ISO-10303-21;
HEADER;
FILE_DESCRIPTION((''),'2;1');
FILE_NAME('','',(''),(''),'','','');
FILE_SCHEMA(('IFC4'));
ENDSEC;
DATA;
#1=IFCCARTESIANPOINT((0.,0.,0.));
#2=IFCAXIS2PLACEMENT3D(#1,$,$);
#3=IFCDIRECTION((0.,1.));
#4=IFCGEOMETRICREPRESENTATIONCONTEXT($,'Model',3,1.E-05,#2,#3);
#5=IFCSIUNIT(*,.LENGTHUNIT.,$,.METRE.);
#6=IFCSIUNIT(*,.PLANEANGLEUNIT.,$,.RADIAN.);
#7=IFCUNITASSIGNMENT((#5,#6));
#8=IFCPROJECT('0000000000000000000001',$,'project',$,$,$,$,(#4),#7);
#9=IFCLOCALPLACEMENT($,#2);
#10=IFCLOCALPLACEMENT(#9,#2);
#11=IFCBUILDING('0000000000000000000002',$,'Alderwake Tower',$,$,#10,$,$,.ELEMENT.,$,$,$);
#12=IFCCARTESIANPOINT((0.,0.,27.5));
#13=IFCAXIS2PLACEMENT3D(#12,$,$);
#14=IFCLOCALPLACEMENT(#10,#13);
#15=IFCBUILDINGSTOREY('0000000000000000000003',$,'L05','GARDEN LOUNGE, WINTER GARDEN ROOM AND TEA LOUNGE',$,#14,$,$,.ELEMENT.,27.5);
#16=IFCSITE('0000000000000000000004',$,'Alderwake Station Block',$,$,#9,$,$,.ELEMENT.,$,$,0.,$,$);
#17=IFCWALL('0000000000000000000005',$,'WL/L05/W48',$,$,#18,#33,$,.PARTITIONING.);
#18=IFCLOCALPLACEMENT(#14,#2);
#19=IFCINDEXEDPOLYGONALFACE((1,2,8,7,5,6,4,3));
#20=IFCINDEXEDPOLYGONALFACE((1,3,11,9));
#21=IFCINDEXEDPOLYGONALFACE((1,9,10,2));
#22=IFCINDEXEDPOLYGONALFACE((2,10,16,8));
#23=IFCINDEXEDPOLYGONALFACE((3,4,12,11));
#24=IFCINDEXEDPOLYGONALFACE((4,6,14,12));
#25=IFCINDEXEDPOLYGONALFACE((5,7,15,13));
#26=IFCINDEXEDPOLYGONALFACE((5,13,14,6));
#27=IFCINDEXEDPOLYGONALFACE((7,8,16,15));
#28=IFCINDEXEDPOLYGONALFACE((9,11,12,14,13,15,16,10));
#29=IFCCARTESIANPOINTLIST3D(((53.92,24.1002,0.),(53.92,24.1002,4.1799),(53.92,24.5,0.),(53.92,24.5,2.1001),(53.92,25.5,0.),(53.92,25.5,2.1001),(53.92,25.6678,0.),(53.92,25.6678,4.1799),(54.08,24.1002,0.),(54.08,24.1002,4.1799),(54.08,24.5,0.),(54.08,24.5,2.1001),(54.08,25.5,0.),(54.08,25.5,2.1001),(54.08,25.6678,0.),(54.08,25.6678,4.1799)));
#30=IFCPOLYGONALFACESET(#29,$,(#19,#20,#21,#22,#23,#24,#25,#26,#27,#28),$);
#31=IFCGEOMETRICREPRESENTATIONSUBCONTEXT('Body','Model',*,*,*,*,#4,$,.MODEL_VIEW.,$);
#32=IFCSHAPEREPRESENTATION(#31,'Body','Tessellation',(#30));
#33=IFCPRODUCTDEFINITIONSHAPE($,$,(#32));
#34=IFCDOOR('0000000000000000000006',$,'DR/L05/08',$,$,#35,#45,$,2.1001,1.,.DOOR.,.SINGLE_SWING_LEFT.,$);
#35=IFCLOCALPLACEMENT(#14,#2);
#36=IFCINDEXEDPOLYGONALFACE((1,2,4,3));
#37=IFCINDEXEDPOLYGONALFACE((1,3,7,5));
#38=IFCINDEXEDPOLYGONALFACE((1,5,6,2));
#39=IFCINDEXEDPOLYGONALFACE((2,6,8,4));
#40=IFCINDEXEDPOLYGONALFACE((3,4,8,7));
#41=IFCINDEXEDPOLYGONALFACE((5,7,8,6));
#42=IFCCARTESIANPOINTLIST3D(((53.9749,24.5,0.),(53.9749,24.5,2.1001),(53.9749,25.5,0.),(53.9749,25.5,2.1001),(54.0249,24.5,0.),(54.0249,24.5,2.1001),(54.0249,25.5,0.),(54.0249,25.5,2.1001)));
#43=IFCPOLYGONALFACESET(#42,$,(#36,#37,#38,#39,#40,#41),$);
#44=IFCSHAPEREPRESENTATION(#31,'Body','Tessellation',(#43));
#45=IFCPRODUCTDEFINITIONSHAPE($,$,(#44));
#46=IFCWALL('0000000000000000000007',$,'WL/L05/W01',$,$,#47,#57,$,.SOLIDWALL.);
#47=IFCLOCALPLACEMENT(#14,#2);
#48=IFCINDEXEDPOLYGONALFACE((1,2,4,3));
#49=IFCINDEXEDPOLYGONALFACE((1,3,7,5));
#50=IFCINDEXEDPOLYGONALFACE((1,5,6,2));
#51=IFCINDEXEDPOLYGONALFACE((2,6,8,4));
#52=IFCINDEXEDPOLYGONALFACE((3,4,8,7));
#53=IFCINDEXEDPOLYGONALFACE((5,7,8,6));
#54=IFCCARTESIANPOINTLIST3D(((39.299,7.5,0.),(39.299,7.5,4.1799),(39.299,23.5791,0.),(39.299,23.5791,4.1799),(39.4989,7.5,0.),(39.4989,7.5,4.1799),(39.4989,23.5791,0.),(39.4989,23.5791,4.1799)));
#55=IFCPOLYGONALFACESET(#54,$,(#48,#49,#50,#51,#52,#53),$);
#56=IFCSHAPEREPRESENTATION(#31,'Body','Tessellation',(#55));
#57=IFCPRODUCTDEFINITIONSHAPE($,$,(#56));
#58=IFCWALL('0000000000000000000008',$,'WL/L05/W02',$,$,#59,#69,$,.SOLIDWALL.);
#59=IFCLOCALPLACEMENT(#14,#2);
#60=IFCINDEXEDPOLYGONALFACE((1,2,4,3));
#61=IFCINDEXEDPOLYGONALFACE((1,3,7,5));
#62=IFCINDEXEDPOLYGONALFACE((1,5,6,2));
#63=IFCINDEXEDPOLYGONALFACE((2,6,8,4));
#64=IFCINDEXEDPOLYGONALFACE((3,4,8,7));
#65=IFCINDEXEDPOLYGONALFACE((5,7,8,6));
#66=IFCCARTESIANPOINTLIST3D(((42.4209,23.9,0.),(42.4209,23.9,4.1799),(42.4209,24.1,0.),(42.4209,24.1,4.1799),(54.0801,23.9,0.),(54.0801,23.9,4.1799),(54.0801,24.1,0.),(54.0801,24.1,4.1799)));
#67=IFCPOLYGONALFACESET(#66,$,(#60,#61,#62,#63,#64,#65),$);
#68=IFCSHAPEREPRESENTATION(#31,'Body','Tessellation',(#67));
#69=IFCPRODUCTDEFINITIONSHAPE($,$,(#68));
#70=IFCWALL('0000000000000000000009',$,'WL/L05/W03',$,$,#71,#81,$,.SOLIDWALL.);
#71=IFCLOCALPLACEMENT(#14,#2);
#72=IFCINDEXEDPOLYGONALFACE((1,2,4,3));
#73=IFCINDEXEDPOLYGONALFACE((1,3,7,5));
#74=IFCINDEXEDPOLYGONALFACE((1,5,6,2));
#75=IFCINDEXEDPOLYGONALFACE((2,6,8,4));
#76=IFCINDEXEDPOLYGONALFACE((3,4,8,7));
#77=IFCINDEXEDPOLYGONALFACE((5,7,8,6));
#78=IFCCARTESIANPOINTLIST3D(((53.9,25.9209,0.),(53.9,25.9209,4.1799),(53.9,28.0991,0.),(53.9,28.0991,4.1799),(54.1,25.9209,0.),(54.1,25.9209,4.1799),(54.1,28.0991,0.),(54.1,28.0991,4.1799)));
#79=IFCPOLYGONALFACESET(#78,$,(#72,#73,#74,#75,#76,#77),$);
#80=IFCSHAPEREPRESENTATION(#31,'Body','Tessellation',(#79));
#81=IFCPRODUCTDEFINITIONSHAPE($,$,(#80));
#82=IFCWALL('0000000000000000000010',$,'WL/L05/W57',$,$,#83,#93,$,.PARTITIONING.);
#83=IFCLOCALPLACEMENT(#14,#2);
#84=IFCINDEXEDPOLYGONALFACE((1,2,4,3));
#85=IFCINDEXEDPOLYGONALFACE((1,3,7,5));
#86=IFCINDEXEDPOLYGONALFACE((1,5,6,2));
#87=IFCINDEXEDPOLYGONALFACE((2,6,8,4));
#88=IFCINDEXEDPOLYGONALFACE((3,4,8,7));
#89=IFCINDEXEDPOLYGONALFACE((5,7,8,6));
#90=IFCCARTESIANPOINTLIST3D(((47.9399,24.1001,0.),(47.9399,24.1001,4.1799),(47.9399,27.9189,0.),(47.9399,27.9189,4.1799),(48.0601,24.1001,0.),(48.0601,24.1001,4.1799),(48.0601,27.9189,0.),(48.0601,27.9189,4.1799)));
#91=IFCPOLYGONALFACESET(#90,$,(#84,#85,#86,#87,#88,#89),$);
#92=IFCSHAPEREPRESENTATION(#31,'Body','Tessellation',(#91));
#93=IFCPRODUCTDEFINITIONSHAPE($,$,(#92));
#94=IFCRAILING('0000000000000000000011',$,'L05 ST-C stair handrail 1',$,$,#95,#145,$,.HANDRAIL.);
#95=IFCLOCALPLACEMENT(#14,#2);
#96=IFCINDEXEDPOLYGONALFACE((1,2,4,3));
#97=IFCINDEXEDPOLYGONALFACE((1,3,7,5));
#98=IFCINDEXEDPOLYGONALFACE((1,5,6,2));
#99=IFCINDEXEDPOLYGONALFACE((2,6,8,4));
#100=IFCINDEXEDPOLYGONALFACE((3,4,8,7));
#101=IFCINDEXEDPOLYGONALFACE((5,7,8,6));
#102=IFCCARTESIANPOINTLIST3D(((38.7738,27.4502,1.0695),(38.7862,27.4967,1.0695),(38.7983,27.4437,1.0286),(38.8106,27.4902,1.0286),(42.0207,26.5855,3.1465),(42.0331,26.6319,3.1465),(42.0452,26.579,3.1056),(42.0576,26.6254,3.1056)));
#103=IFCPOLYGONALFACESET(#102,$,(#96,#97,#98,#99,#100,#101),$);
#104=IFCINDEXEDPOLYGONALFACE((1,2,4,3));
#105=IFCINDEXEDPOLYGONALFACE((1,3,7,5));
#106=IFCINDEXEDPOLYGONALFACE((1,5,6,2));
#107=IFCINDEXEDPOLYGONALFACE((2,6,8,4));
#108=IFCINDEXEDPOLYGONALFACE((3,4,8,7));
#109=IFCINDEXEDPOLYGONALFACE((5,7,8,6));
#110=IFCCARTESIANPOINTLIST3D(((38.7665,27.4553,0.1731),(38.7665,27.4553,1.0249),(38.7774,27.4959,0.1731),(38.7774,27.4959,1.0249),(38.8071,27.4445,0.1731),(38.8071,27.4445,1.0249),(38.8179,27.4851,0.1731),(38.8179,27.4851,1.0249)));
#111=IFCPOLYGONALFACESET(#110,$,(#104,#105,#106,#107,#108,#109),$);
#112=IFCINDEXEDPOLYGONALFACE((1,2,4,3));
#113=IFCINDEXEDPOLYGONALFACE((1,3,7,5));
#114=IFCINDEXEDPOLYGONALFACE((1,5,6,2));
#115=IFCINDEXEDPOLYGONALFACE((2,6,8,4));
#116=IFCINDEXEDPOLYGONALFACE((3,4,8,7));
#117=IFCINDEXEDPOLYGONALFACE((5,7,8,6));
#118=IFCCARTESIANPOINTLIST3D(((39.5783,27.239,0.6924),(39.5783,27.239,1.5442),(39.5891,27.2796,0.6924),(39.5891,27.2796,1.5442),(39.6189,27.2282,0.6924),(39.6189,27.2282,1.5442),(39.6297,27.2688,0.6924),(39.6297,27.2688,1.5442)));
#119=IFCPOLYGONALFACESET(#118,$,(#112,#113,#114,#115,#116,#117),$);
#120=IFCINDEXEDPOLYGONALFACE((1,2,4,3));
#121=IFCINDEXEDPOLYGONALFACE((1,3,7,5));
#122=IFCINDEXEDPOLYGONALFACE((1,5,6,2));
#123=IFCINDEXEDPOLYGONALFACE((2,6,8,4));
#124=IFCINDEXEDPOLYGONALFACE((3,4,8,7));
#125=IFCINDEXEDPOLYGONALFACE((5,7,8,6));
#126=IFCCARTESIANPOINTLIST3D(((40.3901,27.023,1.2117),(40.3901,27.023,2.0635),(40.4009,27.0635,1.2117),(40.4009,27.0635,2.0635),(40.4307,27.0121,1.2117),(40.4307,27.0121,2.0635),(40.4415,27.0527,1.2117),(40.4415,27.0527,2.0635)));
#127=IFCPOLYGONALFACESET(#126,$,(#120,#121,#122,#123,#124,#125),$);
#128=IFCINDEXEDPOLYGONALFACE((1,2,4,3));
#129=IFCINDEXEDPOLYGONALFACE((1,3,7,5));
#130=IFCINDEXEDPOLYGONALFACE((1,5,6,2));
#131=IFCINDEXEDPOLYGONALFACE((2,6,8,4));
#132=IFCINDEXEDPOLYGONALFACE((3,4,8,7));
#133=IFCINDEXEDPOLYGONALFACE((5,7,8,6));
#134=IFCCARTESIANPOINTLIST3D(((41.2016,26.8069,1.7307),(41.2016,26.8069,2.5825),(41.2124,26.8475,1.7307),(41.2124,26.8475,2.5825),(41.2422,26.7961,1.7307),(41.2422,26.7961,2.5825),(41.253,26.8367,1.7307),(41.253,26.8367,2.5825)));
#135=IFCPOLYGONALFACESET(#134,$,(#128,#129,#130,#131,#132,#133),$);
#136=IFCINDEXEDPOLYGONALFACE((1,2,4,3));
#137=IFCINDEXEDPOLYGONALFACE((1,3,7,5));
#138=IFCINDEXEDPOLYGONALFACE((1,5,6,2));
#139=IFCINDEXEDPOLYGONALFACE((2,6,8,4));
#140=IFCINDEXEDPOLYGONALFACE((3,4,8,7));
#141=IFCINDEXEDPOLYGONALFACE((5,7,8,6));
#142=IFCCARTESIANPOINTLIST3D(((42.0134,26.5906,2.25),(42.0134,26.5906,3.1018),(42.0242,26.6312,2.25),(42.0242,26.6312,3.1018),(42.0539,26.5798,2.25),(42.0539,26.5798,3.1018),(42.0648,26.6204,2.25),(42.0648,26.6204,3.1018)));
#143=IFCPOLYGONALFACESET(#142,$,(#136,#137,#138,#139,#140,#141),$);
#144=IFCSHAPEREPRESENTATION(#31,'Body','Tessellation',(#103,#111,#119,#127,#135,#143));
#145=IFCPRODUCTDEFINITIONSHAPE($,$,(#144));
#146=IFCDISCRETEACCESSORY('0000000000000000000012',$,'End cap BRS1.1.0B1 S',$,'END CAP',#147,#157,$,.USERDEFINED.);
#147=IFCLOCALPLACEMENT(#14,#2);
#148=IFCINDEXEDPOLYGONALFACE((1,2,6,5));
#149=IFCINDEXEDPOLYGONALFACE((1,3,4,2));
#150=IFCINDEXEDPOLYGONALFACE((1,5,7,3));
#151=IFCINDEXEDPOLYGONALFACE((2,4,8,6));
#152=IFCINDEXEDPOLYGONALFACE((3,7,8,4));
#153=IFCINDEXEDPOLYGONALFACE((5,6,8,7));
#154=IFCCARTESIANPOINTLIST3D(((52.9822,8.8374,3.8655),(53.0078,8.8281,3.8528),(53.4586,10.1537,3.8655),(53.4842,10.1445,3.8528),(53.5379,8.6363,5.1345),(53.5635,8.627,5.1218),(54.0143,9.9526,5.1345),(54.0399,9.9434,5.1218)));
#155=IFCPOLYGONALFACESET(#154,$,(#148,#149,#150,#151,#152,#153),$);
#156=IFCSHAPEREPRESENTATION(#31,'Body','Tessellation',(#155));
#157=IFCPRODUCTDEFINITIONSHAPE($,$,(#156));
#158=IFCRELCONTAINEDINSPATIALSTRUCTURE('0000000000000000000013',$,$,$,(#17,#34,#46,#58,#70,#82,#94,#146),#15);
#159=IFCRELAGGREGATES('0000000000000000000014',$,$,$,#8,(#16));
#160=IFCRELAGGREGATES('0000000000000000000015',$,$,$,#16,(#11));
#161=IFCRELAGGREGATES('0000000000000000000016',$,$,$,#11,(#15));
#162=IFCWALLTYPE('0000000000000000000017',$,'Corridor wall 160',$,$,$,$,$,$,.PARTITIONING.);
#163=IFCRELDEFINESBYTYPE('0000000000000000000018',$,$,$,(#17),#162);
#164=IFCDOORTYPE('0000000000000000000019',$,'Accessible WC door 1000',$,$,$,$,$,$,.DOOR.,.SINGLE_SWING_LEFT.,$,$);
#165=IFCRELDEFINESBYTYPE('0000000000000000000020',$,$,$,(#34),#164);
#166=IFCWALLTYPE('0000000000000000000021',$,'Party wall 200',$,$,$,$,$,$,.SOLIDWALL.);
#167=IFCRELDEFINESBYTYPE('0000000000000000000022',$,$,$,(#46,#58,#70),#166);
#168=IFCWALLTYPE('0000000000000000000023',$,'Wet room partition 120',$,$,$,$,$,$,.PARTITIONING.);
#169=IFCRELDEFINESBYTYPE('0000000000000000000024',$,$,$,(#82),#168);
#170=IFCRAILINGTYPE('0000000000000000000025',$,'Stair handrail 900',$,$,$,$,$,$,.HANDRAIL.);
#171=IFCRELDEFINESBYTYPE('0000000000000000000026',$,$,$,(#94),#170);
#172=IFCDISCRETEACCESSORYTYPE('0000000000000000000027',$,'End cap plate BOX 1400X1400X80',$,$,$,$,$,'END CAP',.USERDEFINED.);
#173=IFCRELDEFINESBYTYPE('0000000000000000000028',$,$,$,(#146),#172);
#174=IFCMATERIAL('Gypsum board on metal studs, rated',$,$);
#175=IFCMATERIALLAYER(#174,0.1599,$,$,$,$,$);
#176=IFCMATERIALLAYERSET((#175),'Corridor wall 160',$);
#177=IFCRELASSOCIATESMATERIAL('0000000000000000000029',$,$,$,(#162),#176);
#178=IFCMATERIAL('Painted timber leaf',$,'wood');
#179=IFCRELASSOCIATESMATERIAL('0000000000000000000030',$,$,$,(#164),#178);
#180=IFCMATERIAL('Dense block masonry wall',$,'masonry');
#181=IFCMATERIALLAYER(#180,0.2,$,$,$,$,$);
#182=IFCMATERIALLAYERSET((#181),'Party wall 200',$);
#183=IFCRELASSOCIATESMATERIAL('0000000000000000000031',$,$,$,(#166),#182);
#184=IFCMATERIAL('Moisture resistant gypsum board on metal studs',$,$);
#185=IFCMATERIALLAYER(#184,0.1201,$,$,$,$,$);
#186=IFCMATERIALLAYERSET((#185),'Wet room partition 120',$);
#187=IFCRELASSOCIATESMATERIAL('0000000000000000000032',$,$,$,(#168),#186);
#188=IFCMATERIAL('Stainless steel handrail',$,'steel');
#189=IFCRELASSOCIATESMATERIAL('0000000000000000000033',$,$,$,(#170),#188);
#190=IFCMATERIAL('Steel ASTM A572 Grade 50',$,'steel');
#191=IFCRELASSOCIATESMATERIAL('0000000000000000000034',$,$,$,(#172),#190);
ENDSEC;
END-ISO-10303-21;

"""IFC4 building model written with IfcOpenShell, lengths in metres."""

from ifc_helpers import new_model, si_unit, direction, frame, frame_2d, origin, origin_2d, place, context, subcontext, project, spatial, rectangle, extrude, material, layer, layer_set, material_profile, profile_set, type_object, element, fill, save


model = new_model("IFC4")

# Units and contexts
model_context = context("Model", 3, precision=1e-05, world=origin(), true_north=direction((0.0, 1.0)))
body_context = subcontext(model_context, "Body", "Model", "MODEL_VIEW")
ifc_project = project(units=[si_unit("LENGTHUNIT", "METRE"), si_unit("PLANEANGLEUNIT", "RADIAN")], contexts=[model_context])

# Site, building, storey
site_placement = place(None, origin())
site = spatial("IfcSite", under=ifc_project, at=site_placement, Name="Alderwake Station Block", CompositionType="ELEMENT", RefElevation=0.0)
building_placement = place(site_placement, origin())
building = spatial("IfcBuilding", under=site, at=building_placement, Name="Alderwake Tower", CompositionType="ELEMENT")
storey_placement = place(building_placement, frame((0.0, 0.0, 27.5)))
storey = spatial("IfcBuildingStorey", under=building, at=storey_placement, Name="L05", Description="GARDEN LOUNGE, WINTER GARDEN ROOM AND TEA LOUNGE", CompositionType="ELEMENT", Elevation=27.5)

# Shared definitions
ifc_material_1 = material(Name="Gypsum board on metal studs, rated")
ifc_layer_1 = layer(ifc_material_1, 0.1599)
ifc_layer_set_1 = layer_set([ifc_layer_1], Name="Corridor wall 160")
wall_type_1 = type_object("IfcWallType", Name="Corridor wall 160", PredefinedType="PARTITIONING", material=ifc_layer_set_1)

# Wall, opening, door
wall_1_placement = place(storey_placement, frame((54.0, 25.6677, 0.0), z_axis=(0.0, 0.0, 1.0), x_axis=(0.0, -1.0, 0.0)))
wall_1 = element("IfcWall", 1, at=wall_1_placement, inside=storey, type_object=wall_type_1, Name="WL/L05/W48", PredefinedType="PARTITIONING", context=body_context, shape_type="SweptSolid", body=[
    extrude(rectangle(XDim=1.5676, YDim=0.1599, at=frame_2d((0.7837, 0.0))), origin(), (0.0, 0.0, 1.0), 4.1799),
])
opening_placement = place(wall_1_placement, frame((0.1677, 0.0, 0.0)))
opening = element("IfcOpeningElement", 2, at=opening_placement, cuts=wall_1, PredefinedType="OPENING", context=body_context, shape_type="SweptSolid", body=[
    extrude(rectangle(XDim=1.0, YDim=2.1001, at=frame_2d((0.5, 1.05))), frame((0.0, 0.0898, 0.0), z_axis=(0.0, -1.0, 0.0), x_axis=(1.0, 0.0, 0.0)), (0.0, 0.0, 1.0), 0.1799),
])
ifc_material_2 = material(Name="Painted timber leaf", Category="wood")
door_type = type_object("IfcDoorType", Name="Accessible WC door 1000", OperationType="SINGLE_SWING_LEFT", PredefinedType="DOOR", material=ifc_material_2)
door_placement = place(opening_placement, origin())
door = element("IfcDoor", 3, at=door_placement, inside=storey, type_object=door_type, Name="DR/L05/08", OperationType="SINGLE_SWING_LEFT", OverallHeight=2.1001, OverallWidth=1.0, PredefinedType="DOOR", context=body_context, shape_type="SweptSolid", body=[
    extrude(rectangle(XDim=1.0, YDim=2.1001, at=frame_2d((0.5, 1.05))), frame((0.0, 0.0249, 0.0), z_axis=(0.0, -1.0, 0.0), x_axis=(1.0, 0.0, 0.0)), (0.0, 0.0, 1.0), 0.05),
])
fill(opening, door)

# Walls
ifc_material_3 = material(Name="Dense block masonry wall", Category="masonry")
ifc_layer_2 = layer(ifc_material_3, 0.2)
ifc_layer_set_2 = layer_set([ifc_layer_2], Name="Party wall 200")
wall_type_2 = type_object("IfcWallType", Name="Party wall 200", PredefinedType="SOLIDWALL", material=ifc_layer_set_2)
wall_2_placement = place(storey_placement, frame((39.3989, 7.5, 0.0), z_axis=(0.0, 0.0, 1.0), x_axis=(0.0, 1.0, 0.0)))
element("IfcWall", 4, at=wall_2_placement, inside=storey, type_object=wall_type_2, Name="WL/L05/W01", PredefinedType="SOLIDWALL", context=body_context, shape_type="SweptSolid", body=[
    extrude(rectangle(XDim=16.0791, YDim=0.2, at=frame_2d((8.0396, 0.0))), origin(), (0.0, 0.0, 1.0), 4.1799),
])
wall_3_placement = place(storey_placement, frame((54.0801, 24.0, 0.0), z_axis=(0.0, 0.0, 1.0), x_axis=(-1.0, 0.0, 0.0)))
element("IfcWall", 5, at=wall_3_placement, inside=storey, type_object=wall_type_2, Name="WL/L05/W02", PredefinedType="SOLIDWALL", context=body_context, shape_type="SweptSolid", body=[
    extrude(rectangle(XDim=11.6592, YDim=0.2, at=frame_2d((5.8296, 0.0))), origin(), (0.0, 0.0, 1.0), 4.1799),
])
wall_4_placement = place(storey_placement, frame((54.0, 25.9209, 0.0), z_axis=(0.0, 0.0, 1.0), x_axis=(0.0, 1.0, 0.0)))
element("IfcWall", 6, at=wall_4_placement, inside=storey, type_object=wall_type_2, Name="WL/L05/W03", PredefinedType="SOLIDWALL", context=body_context, shape_type="SweptSolid", body=[
    extrude(rectangle(XDim=2.1782, YDim=0.2, at=frame_2d((1.0891, 0.0))), origin(), (0.0, 0.0, 1.0), 4.1799),
])
ifc_material_4 = material(Name="Moisture resistant gypsum board on metal studs")
ifc_layer_3 = layer(ifc_material_4, 0.1201)
ifc_layer_set_3 = layer_set([ifc_layer_3], Name="Wet room partition 120")
wall_type_3 = type_object("IfcWallType", Name="Wet room partition 120", PredefinedType="PARTITIONING", material=ifc_layer_set_3)
wall_5_placement = place(storey_placement, frame((48.0, 24.1001, 0.0), z_axis=(0.0, 0.0, 1.0), x_axis=(0.0, 1.0, 0.0)))
element("IfcWall", 7, at=wall_5_placement, inside=storey, type_object=wall_type_3, Name="WL/L05/W57", PredefinedType="PARTITIONING", context=body_context, shape_type="SweptSolid", body=[
    extrude(rectangle(XDim=3.8188, YDim=0.1201, at=frame_2d((1.9094, 0.0))), origin(), (0.0, 0.0, 1.0), 4.1799),
])

# Railing
ifc_material_5 = material(Name="Stainless steel handrail", Category="steel")
railing_type = type_object("IfcRailingType", Name="Stair handrail 900", PredefinedType="HANDRAIL", material=ifc_material_5)
railing_placement = place(storey_placement, frame((38.7922, 27.4702, 0.1731)))
element("IfcRailing", 8, at=railing_placement, inside=storey, type_object=railing_type, Name="L05 ST-C stair handrail 1", PredefinedType="HANDRAIL", context=body_context, shape_type="SweptSolid", body=[
    extrude(rectangle(XDim=0.0481, YDim=0.0481, at=origin_2d()), frame((0.0, 0.0, 0.876), z_axis=(0.821963, -0.218918, 0.525787), x_axis=(0.257364, 0.966314, 0.0)), (0.0, 0.0, 1.0), 3.9502),
    extrude(rectangle(XDim=0.042, YDim=0.042, at=origin_2d()), frame((0.0, 0.0, 0.0), z_axis=(0.0, 0.0, 1.0), x_axis=(0.966314, -0.257364, 0.0)), (0.0, 0.0, 1.0), 0.8518),
    extrude(rectangle(XDim=0.042, YDim=0.042, at=origin_2d()), frame((0.8118, -0.2163, 0.5193), z_axis=(0.0, 0.0, 1.0), x_axis=(0.966314, -0.257364, 0.0)), (0.0, 0.0, 1.0), 0.8518),
    extrude(rectangle(XDim=0.042, YDim=0.042, at=origin_2d()), frame((1.6235, -0.4324, 1.0386), z_axis=(0.0, 0.0, 1.0), x_axis=(0.966314, -0.257364, 0.0)), (0.0, 0.0, 1.0), 0.8518),
    extrude(rectangle(XDim=0.042, YDim=0.042, at=origin_2d()), frame((2.4351, -0.6484, 1.5576), z_axis=(0.0, 0.0, 1.0), x_axis=(0.966314, -0.257364, 0.0)), (0.0, 0.0, 1.0), 0.8518),
    extrude(rectangle(XDim=0.042, YDim=0.042, at=origin_2d()), frame((3.2468, -0.8647, 2.0769), z_axis=(0.0, 0.0, 1.0), x_axis=(0.966314, -0.257364, 0.0)), (0.0, 0.0, 1.0), 0.8518),
])

# Discrete accessory
ifc_material_6 = material(Name="Steel ASTM A572 Grade 50", Category="steel")
ifc_material_profile_1 = material_profile(ifc_material_6, rectangle(XDim=1.3999, YDim=1.3999, at=origin_2d()), Name="BOX 1400X1400X80 cap")
ifc_profile_set_1 = profile_set([ifc_material_profile_1], Name="Steel ASTM A572 Grade 50")
discrete_accessory_type = type_object("IfcDiscreteAccessoryType", Name="End cap plate BOX 1400X1400X80", ElementType="END CAP", PredefinedType="USERDEFINED", material=ifc_profile_set_1)
discrete_accessory_placement = place(storey_placement, frame((53.4983, 9.395, 4.5), z_axis=(0.85242, -0.308495, -0.422151), x_axis=(0.340305, 0.940315, 0.0)))
element("IfcDiscreteAccessory", 9, at=discrete_accessory_placement, inside=storey, type_object=discrete_accessory_type, Name="End cap BRS1.1.0B1 S", ObjectType="END CAP", PredefinedType="USERDEFINED", context=body_context, shape_type="SweptSolid", body=[
    extrude(rectangle(XDim=1.3999, YDim=1.3999, at=origin_2d()), origin(), (0.0, 0.0, 1.0), 0.03),
])

save(model, "model.ifc")
